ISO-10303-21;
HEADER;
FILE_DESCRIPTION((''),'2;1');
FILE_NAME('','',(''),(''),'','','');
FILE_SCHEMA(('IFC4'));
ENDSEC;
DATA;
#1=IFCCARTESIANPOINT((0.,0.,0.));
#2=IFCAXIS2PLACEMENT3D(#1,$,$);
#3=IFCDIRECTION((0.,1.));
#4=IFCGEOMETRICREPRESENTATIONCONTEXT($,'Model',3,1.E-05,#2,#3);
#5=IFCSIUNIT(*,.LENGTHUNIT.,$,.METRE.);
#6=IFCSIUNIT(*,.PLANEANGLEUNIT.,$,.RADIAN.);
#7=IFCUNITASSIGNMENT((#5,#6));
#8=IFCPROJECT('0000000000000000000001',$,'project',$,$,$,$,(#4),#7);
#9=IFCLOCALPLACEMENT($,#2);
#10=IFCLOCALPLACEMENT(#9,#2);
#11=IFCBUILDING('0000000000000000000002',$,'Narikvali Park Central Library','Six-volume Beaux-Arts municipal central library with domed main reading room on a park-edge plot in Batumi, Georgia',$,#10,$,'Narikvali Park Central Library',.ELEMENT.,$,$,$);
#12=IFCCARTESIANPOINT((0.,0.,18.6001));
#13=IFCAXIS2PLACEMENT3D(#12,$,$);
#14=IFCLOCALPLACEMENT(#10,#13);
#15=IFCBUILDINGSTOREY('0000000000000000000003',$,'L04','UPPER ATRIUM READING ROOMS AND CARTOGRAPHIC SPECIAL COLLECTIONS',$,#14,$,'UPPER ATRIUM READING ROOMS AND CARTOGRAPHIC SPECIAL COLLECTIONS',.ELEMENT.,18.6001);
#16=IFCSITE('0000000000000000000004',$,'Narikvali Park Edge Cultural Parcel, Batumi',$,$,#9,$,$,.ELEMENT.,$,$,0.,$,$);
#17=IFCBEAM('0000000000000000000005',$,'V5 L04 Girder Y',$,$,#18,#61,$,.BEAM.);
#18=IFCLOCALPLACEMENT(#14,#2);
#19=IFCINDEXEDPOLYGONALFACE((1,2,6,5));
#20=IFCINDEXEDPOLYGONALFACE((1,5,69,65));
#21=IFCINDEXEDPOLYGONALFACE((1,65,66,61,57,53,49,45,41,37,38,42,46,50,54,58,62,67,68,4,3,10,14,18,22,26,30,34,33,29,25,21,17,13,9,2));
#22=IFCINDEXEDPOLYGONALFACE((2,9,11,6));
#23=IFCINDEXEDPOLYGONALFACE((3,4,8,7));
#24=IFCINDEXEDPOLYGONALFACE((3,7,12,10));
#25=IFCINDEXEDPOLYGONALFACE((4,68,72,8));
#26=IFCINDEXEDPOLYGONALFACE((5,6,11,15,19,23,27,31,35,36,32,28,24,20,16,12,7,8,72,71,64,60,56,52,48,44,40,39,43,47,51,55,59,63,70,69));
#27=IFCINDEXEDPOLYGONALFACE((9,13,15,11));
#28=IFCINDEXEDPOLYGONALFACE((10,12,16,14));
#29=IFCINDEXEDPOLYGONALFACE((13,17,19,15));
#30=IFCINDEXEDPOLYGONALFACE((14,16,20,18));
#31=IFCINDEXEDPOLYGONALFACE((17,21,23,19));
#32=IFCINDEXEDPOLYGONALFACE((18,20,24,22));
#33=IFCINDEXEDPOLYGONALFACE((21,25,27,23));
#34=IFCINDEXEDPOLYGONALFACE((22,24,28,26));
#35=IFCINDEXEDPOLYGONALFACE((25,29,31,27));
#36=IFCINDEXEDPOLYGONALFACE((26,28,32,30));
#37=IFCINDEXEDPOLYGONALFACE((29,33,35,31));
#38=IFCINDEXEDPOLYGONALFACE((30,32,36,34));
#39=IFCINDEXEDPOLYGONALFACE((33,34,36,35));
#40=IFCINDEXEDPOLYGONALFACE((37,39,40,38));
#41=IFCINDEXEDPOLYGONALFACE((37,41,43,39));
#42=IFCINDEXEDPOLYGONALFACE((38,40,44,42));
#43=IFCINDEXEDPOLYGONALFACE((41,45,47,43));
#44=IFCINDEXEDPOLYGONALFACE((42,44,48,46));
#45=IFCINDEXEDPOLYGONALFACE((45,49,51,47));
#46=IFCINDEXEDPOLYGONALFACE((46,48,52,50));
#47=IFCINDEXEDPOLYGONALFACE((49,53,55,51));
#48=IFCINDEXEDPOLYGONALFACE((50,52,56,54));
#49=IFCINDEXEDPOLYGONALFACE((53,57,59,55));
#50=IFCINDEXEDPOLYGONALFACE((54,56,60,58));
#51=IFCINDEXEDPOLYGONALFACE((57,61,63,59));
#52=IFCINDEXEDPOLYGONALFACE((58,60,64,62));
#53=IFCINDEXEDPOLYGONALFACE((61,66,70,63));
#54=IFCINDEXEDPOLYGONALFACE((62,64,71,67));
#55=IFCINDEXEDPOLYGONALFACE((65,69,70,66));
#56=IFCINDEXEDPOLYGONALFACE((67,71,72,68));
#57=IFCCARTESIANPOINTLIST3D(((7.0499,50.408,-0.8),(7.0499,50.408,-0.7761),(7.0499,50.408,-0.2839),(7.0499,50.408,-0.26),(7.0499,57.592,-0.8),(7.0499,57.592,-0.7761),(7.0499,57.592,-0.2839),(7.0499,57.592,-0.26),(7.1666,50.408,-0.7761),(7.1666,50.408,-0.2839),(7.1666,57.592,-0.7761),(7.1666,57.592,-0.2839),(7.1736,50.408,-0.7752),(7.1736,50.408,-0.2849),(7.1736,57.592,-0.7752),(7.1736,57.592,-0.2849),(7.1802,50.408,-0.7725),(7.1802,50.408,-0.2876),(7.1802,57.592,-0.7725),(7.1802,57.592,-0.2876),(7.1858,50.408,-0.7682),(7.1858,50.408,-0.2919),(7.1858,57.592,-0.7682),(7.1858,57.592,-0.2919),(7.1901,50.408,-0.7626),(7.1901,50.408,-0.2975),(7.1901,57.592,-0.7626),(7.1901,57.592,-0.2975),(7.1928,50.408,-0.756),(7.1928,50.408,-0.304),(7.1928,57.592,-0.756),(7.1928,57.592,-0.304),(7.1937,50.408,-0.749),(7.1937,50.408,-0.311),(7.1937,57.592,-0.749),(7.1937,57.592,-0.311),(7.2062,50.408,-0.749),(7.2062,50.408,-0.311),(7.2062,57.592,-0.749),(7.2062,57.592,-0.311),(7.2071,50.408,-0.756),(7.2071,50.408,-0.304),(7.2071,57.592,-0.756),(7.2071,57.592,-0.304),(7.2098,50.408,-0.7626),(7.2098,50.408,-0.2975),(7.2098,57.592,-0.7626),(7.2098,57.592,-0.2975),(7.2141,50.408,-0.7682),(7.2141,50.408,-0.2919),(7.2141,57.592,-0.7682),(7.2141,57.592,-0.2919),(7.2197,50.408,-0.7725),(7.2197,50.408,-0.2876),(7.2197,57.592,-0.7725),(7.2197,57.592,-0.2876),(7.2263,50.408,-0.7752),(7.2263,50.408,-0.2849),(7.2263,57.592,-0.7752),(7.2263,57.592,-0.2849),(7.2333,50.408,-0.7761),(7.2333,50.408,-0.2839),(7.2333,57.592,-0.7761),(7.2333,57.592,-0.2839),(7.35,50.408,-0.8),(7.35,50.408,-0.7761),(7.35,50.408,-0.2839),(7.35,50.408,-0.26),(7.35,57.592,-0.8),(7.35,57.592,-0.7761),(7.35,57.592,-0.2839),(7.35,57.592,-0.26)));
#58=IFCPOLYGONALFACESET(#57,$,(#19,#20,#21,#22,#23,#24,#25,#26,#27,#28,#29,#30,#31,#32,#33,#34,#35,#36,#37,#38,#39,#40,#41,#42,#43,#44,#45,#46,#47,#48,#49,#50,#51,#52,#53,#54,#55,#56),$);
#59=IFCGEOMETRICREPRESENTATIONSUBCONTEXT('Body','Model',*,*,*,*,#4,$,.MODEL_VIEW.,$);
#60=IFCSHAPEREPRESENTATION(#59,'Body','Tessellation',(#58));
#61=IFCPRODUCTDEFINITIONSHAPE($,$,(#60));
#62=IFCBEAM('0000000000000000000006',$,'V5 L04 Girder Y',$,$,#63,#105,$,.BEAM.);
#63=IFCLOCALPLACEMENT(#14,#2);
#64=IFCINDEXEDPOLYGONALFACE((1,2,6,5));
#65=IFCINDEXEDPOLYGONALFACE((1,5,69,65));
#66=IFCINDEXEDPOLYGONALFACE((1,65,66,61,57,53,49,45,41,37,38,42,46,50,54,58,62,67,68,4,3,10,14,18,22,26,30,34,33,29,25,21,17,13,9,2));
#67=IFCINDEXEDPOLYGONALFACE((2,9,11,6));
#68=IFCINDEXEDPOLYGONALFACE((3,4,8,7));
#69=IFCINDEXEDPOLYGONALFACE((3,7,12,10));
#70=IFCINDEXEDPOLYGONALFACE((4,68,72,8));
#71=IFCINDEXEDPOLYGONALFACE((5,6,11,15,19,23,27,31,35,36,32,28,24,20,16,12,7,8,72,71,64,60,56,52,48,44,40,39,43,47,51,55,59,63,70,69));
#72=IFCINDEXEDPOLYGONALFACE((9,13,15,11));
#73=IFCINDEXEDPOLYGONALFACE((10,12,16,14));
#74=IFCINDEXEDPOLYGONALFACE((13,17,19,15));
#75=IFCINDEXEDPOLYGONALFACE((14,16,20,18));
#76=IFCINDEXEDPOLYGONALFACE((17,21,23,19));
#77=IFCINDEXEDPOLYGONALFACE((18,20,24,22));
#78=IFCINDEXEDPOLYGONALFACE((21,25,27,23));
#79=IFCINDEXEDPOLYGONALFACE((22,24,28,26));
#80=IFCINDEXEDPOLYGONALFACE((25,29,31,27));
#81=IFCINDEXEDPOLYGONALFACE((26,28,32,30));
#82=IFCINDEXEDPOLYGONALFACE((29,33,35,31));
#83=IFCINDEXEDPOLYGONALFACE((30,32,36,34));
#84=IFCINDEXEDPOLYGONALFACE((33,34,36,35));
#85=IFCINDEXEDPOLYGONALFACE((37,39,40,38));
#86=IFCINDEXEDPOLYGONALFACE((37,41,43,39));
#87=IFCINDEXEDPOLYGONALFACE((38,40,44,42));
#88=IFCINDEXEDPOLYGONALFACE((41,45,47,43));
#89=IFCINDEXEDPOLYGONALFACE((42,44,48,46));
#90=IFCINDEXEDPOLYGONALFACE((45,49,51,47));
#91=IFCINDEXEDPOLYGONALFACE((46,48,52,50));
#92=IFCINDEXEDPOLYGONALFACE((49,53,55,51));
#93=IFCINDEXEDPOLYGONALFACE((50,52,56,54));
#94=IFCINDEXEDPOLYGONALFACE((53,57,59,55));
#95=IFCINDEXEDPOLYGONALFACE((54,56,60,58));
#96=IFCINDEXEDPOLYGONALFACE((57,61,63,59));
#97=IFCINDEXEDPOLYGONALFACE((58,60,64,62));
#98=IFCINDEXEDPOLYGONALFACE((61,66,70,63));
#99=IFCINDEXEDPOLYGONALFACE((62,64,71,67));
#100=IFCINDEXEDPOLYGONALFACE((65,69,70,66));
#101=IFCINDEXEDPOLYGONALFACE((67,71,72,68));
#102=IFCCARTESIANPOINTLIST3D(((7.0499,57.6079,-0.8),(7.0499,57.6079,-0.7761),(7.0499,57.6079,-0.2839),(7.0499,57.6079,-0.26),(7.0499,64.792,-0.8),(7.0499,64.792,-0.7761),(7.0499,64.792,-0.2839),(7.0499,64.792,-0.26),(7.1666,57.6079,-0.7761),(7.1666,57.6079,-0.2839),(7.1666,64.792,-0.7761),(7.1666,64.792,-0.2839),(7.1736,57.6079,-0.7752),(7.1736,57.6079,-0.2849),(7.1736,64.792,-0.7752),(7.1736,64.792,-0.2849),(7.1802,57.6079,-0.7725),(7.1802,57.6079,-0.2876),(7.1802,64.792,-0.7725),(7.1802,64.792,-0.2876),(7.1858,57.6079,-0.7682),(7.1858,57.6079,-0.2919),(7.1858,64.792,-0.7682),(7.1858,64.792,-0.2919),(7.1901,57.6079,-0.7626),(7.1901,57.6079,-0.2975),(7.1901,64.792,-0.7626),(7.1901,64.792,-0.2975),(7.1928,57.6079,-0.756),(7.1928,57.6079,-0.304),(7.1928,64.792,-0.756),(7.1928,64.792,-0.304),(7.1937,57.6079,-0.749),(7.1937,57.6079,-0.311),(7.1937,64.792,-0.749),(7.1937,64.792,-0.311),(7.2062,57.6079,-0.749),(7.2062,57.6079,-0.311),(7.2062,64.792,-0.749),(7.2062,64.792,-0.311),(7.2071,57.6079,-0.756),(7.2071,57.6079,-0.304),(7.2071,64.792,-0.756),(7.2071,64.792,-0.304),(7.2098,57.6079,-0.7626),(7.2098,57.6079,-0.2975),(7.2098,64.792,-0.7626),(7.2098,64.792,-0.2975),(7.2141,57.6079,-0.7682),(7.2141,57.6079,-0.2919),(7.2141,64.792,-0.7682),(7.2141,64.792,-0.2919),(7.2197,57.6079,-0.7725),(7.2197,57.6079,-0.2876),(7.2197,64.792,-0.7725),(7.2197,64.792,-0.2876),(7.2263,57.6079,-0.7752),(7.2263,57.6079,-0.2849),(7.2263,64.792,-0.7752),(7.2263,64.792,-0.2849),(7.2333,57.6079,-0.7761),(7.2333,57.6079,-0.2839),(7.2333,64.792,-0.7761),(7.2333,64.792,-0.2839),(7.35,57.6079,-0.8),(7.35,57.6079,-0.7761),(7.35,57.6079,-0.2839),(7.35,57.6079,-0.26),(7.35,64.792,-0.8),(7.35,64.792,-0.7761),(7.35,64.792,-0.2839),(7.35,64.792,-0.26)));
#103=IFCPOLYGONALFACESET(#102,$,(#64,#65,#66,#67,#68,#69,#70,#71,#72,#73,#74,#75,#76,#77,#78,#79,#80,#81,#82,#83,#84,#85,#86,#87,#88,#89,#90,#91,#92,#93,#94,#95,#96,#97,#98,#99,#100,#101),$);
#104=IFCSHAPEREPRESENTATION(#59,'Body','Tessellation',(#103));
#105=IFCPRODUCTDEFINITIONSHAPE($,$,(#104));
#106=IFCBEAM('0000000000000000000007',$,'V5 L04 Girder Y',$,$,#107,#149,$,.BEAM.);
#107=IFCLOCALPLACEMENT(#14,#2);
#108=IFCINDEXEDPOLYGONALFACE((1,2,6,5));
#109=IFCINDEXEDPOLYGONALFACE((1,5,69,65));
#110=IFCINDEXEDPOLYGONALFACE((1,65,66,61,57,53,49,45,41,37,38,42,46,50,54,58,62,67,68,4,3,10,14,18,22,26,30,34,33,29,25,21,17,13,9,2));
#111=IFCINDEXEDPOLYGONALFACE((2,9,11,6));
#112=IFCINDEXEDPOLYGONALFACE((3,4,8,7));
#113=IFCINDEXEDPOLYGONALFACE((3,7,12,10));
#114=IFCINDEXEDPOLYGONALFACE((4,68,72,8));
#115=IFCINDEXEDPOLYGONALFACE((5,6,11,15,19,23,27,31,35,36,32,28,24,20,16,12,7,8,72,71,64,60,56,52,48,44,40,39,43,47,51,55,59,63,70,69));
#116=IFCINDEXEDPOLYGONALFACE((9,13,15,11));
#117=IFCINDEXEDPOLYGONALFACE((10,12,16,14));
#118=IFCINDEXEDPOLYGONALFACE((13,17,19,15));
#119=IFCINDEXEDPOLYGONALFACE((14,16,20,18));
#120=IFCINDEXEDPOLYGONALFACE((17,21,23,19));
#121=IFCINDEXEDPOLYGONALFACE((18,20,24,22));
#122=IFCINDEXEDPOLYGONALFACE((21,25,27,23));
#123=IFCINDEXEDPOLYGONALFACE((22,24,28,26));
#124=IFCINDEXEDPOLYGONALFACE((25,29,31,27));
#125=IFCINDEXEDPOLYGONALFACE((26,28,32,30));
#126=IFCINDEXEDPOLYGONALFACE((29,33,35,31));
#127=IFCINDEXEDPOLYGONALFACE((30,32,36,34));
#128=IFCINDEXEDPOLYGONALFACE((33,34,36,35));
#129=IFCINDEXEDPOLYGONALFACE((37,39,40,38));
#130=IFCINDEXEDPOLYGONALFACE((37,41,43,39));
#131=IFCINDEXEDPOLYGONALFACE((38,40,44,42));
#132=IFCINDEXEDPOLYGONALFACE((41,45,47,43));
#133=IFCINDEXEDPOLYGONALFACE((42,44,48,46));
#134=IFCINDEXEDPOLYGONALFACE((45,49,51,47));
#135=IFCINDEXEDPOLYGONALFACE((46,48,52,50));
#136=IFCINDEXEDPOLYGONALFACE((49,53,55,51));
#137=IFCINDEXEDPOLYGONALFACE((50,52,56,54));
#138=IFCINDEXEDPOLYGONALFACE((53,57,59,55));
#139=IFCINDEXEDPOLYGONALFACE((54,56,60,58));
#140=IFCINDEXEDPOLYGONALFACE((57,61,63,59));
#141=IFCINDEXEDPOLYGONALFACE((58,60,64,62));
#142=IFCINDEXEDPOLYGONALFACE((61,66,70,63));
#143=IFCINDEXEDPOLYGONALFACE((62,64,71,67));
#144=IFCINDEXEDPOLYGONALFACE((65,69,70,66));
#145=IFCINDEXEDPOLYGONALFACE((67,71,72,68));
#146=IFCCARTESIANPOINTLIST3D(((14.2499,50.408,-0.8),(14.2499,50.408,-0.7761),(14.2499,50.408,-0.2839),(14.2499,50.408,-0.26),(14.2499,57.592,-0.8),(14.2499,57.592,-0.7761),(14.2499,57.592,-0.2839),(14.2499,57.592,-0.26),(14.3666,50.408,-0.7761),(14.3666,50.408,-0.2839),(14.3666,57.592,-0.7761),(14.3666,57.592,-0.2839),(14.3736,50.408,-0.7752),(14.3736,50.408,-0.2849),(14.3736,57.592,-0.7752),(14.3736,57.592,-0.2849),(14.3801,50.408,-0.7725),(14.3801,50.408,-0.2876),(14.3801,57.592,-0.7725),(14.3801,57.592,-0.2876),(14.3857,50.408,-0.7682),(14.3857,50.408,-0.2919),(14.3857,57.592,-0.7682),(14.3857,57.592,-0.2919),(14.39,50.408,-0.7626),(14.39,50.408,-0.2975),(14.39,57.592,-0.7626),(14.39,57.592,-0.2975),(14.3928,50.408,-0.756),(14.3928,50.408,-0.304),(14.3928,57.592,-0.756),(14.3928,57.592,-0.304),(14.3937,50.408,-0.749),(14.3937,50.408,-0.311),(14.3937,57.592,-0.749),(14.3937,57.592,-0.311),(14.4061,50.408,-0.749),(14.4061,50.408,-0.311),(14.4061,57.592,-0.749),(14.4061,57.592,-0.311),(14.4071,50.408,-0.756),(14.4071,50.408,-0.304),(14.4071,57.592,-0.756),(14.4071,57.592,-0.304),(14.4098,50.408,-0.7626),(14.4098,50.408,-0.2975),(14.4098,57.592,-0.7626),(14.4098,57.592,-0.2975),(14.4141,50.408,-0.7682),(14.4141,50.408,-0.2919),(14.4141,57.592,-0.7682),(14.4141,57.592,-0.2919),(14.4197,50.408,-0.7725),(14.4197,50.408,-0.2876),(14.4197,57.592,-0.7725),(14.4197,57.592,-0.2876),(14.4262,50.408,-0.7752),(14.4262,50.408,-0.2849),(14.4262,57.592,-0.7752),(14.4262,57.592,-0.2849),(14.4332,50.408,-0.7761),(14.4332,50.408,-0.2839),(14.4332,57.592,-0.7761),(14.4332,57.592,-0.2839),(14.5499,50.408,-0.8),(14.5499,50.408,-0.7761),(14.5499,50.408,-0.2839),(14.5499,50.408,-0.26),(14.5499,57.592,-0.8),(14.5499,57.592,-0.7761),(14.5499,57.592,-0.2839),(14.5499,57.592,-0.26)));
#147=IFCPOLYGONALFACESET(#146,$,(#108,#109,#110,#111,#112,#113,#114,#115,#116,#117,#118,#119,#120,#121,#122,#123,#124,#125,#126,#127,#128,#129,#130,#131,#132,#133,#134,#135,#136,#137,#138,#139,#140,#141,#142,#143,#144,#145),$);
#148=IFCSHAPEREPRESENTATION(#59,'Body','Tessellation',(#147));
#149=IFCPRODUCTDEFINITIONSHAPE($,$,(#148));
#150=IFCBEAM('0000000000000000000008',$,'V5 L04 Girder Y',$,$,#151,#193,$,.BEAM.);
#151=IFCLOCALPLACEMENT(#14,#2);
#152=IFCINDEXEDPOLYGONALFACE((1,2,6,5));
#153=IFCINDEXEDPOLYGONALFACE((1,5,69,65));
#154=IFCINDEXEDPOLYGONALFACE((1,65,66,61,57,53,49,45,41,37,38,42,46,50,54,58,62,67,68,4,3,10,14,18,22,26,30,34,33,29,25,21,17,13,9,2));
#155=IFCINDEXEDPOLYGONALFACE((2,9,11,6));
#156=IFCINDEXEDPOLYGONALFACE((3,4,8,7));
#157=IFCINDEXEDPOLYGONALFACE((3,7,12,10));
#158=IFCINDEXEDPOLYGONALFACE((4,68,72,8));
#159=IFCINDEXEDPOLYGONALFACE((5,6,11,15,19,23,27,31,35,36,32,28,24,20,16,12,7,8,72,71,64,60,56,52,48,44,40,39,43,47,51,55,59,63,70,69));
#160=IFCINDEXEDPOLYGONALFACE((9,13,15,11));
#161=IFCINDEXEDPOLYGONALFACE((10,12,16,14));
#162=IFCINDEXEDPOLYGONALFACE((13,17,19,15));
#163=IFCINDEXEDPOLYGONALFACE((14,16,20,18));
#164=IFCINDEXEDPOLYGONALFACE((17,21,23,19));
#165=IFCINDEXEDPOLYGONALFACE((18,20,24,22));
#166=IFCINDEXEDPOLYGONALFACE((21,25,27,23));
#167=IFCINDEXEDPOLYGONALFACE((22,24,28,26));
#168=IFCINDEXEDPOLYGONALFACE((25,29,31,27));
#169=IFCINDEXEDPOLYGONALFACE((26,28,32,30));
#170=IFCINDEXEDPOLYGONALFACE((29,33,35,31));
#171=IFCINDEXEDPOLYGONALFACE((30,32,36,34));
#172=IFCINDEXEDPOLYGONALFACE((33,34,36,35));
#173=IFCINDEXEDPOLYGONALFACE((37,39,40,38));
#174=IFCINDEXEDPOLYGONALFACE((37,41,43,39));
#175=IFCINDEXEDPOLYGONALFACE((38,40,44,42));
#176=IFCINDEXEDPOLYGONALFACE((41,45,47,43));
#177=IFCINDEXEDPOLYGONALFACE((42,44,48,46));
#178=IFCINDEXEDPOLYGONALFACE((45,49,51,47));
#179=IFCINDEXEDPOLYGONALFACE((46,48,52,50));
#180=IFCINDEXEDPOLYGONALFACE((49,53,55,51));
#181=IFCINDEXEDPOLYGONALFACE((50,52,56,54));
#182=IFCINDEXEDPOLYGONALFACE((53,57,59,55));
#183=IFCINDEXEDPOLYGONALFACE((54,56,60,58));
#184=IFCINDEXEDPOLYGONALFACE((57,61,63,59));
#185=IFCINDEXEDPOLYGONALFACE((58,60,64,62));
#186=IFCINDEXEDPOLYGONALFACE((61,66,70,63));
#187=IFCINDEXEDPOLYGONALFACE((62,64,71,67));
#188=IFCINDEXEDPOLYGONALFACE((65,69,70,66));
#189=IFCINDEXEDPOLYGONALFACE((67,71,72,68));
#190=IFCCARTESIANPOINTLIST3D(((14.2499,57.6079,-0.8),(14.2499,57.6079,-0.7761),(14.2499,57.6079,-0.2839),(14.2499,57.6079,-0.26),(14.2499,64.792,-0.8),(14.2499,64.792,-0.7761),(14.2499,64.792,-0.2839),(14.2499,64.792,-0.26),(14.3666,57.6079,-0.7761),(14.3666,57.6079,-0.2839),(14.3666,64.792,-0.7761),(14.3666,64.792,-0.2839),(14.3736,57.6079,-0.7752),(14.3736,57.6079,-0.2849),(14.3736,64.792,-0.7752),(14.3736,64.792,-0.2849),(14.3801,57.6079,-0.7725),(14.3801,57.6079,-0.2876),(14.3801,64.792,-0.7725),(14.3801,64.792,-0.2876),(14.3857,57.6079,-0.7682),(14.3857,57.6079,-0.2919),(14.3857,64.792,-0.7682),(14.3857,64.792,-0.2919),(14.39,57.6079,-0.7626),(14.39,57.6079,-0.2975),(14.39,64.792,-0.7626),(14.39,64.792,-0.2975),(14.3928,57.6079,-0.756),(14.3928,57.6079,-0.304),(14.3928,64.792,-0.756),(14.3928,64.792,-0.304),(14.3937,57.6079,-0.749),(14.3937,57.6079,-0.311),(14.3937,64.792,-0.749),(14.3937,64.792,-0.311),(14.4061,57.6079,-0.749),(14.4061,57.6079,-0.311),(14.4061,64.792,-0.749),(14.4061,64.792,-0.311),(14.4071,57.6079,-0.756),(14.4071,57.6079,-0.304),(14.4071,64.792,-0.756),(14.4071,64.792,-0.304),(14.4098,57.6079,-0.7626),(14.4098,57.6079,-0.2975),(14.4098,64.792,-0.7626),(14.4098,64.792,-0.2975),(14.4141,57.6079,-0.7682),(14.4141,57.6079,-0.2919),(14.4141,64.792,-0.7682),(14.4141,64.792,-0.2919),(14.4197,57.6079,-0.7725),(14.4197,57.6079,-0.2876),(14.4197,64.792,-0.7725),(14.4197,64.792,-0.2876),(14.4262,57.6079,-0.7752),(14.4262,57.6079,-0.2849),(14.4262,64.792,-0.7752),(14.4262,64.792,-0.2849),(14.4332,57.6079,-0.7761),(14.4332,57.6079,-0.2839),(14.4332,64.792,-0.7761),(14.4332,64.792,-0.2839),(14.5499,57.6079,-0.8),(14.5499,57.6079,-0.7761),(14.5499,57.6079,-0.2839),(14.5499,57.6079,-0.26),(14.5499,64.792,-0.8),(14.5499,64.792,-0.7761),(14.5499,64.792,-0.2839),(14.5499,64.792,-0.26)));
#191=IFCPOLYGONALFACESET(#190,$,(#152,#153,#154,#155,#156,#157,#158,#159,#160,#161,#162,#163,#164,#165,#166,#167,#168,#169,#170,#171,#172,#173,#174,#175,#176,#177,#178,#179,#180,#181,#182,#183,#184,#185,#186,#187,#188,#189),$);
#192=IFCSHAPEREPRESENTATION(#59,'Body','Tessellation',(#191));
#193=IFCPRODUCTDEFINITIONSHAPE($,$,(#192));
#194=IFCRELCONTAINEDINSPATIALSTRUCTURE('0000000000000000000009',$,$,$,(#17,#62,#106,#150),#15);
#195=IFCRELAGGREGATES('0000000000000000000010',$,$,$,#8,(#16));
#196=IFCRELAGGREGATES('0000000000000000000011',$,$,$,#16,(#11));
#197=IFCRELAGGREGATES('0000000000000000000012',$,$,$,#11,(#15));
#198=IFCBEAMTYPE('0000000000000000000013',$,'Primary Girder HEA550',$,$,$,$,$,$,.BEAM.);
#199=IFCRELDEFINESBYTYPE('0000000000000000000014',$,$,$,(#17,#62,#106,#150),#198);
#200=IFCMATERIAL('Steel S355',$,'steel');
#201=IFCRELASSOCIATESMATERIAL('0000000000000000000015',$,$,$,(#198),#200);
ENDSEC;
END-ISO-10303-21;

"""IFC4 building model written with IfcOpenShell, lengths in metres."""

from ifc_helpers import new_model, si_unit, direction, frame, origin, origin_2d, place, context, subcontext, project, spatial, i_section, extrude, material, material_profile, profile_set, type_object, element, save


model = new_model("IFC4")

# Units and contexts
model_context = context("Model", 3, precision=1e-05, world=origin(), true_north=direction((0.0, 1.0)))
body_context = subcontext(model_context, "Body", "Model", "MODEL_VIEW")
ifc_project = project(units=[si_unit("LENGTHUNIT", "METRE"), si_unit("PLANEANGLEUNIT", "RADIAN")], contexts=[model_context])

# Site, building, storey
site_placement = place(None, origin())
site = spatial("IfcSite", under=ifc_project, at=site_placement, Name="Narikvali Park Edge Cultural Parcel, Batumi", CompositionType="ELEMENT", RefElevation=0.0)
building_placement = place(site_placement, origin())
building = spatial("IfcBuilding", under=site, at=building_placement, Name="Narikvali Park Central Library", Description="Six-volume Beaux-Arts municipal central library with domed main reading room on a park-edge plot in Batumi, Georgia", LongName="Narikvali Park Central Library", CompositionType="ELEMENT")
storey_placement = place(building_placement, frame((0.0, 0.0, 18.6001)))
storey = spatial("IfcBuildingStorey", under=building, at=storey_placement, Name="L04", Description="UPPER ATRIUM READING ROOMS AND CARTOGRAPHIC SPECIAL COLLECTIONS", LongName="UPPER ATRIUM READING ROOMS AND CARTOGRAPHIC SPECIAL COLLECTIONS", CompositionType="ELEMENT", Elevation=18.6001)

# Shared definitions
ifc_material_1 = material(Name="Steel S355", Category="steel")

# Beams
ifc_material_profile_1 = material_profile(ifc_material_1, i_section(OverallWidth=0.3, OverallDepth=0.54, WebThickness=0.0125, FlangeThickness=0.0239, FilletRadius=0.0271, at=origin_2d()), Name="HEA 550")
ifc_profile_set_1 = profile_set([ifc_material_profile_1], Name="Steel S355")
beam_type_1 = type_object("IfcBeamType", Name="Primary Girder HEA550", PredefinedType="BEAM", material=ifc_profile_set_1)
for number, where, z_axis, x_axis, name in (
    (1, (7.2, 50.408, -0.53), (0.0, 1.0, 0.0), (-1.0, 0.0, 0.0), "V5 L04 Girder Y"),
    (2, (7.2, 57.6079, -0.53), (0.0, 1.0, 0.0), (-1.0, 0.0, 0.0), "V5 L04 Girder Y"),
    (3, (14.3999, 50.408, -0.53), (0.0, 1.0, 0.0), (-1.0, 0.0, 0.0), "V5 L04 Girder Y"),
    (4, (14.3999, 57.6079, -0.53), (0.0, 1.0, 0.0), (-1.0, 0.0, 0.0), "V5 L04 Girder Y"),
):
    element("IfcBeam", number, at=place(storey_placement, frame(where, z_axis=z_axis, x_axis=x_axis)), inside=storey, type_object=beam_type_1, Name=name, PredefinedType="BEAM", context=body_context, shape_type="SweptSolid", body=[
        extrude(i_section(OverallWidth=0.3, OverallDepth=0.54, WebThickness=0.0125, FlangeThickness=0.0239, FilletRadius=0.0271, at=origin_2d()), origin(), (0.0, 0.0, 1.0), 7.1841),
    ])

save(model, "model.ifc")
